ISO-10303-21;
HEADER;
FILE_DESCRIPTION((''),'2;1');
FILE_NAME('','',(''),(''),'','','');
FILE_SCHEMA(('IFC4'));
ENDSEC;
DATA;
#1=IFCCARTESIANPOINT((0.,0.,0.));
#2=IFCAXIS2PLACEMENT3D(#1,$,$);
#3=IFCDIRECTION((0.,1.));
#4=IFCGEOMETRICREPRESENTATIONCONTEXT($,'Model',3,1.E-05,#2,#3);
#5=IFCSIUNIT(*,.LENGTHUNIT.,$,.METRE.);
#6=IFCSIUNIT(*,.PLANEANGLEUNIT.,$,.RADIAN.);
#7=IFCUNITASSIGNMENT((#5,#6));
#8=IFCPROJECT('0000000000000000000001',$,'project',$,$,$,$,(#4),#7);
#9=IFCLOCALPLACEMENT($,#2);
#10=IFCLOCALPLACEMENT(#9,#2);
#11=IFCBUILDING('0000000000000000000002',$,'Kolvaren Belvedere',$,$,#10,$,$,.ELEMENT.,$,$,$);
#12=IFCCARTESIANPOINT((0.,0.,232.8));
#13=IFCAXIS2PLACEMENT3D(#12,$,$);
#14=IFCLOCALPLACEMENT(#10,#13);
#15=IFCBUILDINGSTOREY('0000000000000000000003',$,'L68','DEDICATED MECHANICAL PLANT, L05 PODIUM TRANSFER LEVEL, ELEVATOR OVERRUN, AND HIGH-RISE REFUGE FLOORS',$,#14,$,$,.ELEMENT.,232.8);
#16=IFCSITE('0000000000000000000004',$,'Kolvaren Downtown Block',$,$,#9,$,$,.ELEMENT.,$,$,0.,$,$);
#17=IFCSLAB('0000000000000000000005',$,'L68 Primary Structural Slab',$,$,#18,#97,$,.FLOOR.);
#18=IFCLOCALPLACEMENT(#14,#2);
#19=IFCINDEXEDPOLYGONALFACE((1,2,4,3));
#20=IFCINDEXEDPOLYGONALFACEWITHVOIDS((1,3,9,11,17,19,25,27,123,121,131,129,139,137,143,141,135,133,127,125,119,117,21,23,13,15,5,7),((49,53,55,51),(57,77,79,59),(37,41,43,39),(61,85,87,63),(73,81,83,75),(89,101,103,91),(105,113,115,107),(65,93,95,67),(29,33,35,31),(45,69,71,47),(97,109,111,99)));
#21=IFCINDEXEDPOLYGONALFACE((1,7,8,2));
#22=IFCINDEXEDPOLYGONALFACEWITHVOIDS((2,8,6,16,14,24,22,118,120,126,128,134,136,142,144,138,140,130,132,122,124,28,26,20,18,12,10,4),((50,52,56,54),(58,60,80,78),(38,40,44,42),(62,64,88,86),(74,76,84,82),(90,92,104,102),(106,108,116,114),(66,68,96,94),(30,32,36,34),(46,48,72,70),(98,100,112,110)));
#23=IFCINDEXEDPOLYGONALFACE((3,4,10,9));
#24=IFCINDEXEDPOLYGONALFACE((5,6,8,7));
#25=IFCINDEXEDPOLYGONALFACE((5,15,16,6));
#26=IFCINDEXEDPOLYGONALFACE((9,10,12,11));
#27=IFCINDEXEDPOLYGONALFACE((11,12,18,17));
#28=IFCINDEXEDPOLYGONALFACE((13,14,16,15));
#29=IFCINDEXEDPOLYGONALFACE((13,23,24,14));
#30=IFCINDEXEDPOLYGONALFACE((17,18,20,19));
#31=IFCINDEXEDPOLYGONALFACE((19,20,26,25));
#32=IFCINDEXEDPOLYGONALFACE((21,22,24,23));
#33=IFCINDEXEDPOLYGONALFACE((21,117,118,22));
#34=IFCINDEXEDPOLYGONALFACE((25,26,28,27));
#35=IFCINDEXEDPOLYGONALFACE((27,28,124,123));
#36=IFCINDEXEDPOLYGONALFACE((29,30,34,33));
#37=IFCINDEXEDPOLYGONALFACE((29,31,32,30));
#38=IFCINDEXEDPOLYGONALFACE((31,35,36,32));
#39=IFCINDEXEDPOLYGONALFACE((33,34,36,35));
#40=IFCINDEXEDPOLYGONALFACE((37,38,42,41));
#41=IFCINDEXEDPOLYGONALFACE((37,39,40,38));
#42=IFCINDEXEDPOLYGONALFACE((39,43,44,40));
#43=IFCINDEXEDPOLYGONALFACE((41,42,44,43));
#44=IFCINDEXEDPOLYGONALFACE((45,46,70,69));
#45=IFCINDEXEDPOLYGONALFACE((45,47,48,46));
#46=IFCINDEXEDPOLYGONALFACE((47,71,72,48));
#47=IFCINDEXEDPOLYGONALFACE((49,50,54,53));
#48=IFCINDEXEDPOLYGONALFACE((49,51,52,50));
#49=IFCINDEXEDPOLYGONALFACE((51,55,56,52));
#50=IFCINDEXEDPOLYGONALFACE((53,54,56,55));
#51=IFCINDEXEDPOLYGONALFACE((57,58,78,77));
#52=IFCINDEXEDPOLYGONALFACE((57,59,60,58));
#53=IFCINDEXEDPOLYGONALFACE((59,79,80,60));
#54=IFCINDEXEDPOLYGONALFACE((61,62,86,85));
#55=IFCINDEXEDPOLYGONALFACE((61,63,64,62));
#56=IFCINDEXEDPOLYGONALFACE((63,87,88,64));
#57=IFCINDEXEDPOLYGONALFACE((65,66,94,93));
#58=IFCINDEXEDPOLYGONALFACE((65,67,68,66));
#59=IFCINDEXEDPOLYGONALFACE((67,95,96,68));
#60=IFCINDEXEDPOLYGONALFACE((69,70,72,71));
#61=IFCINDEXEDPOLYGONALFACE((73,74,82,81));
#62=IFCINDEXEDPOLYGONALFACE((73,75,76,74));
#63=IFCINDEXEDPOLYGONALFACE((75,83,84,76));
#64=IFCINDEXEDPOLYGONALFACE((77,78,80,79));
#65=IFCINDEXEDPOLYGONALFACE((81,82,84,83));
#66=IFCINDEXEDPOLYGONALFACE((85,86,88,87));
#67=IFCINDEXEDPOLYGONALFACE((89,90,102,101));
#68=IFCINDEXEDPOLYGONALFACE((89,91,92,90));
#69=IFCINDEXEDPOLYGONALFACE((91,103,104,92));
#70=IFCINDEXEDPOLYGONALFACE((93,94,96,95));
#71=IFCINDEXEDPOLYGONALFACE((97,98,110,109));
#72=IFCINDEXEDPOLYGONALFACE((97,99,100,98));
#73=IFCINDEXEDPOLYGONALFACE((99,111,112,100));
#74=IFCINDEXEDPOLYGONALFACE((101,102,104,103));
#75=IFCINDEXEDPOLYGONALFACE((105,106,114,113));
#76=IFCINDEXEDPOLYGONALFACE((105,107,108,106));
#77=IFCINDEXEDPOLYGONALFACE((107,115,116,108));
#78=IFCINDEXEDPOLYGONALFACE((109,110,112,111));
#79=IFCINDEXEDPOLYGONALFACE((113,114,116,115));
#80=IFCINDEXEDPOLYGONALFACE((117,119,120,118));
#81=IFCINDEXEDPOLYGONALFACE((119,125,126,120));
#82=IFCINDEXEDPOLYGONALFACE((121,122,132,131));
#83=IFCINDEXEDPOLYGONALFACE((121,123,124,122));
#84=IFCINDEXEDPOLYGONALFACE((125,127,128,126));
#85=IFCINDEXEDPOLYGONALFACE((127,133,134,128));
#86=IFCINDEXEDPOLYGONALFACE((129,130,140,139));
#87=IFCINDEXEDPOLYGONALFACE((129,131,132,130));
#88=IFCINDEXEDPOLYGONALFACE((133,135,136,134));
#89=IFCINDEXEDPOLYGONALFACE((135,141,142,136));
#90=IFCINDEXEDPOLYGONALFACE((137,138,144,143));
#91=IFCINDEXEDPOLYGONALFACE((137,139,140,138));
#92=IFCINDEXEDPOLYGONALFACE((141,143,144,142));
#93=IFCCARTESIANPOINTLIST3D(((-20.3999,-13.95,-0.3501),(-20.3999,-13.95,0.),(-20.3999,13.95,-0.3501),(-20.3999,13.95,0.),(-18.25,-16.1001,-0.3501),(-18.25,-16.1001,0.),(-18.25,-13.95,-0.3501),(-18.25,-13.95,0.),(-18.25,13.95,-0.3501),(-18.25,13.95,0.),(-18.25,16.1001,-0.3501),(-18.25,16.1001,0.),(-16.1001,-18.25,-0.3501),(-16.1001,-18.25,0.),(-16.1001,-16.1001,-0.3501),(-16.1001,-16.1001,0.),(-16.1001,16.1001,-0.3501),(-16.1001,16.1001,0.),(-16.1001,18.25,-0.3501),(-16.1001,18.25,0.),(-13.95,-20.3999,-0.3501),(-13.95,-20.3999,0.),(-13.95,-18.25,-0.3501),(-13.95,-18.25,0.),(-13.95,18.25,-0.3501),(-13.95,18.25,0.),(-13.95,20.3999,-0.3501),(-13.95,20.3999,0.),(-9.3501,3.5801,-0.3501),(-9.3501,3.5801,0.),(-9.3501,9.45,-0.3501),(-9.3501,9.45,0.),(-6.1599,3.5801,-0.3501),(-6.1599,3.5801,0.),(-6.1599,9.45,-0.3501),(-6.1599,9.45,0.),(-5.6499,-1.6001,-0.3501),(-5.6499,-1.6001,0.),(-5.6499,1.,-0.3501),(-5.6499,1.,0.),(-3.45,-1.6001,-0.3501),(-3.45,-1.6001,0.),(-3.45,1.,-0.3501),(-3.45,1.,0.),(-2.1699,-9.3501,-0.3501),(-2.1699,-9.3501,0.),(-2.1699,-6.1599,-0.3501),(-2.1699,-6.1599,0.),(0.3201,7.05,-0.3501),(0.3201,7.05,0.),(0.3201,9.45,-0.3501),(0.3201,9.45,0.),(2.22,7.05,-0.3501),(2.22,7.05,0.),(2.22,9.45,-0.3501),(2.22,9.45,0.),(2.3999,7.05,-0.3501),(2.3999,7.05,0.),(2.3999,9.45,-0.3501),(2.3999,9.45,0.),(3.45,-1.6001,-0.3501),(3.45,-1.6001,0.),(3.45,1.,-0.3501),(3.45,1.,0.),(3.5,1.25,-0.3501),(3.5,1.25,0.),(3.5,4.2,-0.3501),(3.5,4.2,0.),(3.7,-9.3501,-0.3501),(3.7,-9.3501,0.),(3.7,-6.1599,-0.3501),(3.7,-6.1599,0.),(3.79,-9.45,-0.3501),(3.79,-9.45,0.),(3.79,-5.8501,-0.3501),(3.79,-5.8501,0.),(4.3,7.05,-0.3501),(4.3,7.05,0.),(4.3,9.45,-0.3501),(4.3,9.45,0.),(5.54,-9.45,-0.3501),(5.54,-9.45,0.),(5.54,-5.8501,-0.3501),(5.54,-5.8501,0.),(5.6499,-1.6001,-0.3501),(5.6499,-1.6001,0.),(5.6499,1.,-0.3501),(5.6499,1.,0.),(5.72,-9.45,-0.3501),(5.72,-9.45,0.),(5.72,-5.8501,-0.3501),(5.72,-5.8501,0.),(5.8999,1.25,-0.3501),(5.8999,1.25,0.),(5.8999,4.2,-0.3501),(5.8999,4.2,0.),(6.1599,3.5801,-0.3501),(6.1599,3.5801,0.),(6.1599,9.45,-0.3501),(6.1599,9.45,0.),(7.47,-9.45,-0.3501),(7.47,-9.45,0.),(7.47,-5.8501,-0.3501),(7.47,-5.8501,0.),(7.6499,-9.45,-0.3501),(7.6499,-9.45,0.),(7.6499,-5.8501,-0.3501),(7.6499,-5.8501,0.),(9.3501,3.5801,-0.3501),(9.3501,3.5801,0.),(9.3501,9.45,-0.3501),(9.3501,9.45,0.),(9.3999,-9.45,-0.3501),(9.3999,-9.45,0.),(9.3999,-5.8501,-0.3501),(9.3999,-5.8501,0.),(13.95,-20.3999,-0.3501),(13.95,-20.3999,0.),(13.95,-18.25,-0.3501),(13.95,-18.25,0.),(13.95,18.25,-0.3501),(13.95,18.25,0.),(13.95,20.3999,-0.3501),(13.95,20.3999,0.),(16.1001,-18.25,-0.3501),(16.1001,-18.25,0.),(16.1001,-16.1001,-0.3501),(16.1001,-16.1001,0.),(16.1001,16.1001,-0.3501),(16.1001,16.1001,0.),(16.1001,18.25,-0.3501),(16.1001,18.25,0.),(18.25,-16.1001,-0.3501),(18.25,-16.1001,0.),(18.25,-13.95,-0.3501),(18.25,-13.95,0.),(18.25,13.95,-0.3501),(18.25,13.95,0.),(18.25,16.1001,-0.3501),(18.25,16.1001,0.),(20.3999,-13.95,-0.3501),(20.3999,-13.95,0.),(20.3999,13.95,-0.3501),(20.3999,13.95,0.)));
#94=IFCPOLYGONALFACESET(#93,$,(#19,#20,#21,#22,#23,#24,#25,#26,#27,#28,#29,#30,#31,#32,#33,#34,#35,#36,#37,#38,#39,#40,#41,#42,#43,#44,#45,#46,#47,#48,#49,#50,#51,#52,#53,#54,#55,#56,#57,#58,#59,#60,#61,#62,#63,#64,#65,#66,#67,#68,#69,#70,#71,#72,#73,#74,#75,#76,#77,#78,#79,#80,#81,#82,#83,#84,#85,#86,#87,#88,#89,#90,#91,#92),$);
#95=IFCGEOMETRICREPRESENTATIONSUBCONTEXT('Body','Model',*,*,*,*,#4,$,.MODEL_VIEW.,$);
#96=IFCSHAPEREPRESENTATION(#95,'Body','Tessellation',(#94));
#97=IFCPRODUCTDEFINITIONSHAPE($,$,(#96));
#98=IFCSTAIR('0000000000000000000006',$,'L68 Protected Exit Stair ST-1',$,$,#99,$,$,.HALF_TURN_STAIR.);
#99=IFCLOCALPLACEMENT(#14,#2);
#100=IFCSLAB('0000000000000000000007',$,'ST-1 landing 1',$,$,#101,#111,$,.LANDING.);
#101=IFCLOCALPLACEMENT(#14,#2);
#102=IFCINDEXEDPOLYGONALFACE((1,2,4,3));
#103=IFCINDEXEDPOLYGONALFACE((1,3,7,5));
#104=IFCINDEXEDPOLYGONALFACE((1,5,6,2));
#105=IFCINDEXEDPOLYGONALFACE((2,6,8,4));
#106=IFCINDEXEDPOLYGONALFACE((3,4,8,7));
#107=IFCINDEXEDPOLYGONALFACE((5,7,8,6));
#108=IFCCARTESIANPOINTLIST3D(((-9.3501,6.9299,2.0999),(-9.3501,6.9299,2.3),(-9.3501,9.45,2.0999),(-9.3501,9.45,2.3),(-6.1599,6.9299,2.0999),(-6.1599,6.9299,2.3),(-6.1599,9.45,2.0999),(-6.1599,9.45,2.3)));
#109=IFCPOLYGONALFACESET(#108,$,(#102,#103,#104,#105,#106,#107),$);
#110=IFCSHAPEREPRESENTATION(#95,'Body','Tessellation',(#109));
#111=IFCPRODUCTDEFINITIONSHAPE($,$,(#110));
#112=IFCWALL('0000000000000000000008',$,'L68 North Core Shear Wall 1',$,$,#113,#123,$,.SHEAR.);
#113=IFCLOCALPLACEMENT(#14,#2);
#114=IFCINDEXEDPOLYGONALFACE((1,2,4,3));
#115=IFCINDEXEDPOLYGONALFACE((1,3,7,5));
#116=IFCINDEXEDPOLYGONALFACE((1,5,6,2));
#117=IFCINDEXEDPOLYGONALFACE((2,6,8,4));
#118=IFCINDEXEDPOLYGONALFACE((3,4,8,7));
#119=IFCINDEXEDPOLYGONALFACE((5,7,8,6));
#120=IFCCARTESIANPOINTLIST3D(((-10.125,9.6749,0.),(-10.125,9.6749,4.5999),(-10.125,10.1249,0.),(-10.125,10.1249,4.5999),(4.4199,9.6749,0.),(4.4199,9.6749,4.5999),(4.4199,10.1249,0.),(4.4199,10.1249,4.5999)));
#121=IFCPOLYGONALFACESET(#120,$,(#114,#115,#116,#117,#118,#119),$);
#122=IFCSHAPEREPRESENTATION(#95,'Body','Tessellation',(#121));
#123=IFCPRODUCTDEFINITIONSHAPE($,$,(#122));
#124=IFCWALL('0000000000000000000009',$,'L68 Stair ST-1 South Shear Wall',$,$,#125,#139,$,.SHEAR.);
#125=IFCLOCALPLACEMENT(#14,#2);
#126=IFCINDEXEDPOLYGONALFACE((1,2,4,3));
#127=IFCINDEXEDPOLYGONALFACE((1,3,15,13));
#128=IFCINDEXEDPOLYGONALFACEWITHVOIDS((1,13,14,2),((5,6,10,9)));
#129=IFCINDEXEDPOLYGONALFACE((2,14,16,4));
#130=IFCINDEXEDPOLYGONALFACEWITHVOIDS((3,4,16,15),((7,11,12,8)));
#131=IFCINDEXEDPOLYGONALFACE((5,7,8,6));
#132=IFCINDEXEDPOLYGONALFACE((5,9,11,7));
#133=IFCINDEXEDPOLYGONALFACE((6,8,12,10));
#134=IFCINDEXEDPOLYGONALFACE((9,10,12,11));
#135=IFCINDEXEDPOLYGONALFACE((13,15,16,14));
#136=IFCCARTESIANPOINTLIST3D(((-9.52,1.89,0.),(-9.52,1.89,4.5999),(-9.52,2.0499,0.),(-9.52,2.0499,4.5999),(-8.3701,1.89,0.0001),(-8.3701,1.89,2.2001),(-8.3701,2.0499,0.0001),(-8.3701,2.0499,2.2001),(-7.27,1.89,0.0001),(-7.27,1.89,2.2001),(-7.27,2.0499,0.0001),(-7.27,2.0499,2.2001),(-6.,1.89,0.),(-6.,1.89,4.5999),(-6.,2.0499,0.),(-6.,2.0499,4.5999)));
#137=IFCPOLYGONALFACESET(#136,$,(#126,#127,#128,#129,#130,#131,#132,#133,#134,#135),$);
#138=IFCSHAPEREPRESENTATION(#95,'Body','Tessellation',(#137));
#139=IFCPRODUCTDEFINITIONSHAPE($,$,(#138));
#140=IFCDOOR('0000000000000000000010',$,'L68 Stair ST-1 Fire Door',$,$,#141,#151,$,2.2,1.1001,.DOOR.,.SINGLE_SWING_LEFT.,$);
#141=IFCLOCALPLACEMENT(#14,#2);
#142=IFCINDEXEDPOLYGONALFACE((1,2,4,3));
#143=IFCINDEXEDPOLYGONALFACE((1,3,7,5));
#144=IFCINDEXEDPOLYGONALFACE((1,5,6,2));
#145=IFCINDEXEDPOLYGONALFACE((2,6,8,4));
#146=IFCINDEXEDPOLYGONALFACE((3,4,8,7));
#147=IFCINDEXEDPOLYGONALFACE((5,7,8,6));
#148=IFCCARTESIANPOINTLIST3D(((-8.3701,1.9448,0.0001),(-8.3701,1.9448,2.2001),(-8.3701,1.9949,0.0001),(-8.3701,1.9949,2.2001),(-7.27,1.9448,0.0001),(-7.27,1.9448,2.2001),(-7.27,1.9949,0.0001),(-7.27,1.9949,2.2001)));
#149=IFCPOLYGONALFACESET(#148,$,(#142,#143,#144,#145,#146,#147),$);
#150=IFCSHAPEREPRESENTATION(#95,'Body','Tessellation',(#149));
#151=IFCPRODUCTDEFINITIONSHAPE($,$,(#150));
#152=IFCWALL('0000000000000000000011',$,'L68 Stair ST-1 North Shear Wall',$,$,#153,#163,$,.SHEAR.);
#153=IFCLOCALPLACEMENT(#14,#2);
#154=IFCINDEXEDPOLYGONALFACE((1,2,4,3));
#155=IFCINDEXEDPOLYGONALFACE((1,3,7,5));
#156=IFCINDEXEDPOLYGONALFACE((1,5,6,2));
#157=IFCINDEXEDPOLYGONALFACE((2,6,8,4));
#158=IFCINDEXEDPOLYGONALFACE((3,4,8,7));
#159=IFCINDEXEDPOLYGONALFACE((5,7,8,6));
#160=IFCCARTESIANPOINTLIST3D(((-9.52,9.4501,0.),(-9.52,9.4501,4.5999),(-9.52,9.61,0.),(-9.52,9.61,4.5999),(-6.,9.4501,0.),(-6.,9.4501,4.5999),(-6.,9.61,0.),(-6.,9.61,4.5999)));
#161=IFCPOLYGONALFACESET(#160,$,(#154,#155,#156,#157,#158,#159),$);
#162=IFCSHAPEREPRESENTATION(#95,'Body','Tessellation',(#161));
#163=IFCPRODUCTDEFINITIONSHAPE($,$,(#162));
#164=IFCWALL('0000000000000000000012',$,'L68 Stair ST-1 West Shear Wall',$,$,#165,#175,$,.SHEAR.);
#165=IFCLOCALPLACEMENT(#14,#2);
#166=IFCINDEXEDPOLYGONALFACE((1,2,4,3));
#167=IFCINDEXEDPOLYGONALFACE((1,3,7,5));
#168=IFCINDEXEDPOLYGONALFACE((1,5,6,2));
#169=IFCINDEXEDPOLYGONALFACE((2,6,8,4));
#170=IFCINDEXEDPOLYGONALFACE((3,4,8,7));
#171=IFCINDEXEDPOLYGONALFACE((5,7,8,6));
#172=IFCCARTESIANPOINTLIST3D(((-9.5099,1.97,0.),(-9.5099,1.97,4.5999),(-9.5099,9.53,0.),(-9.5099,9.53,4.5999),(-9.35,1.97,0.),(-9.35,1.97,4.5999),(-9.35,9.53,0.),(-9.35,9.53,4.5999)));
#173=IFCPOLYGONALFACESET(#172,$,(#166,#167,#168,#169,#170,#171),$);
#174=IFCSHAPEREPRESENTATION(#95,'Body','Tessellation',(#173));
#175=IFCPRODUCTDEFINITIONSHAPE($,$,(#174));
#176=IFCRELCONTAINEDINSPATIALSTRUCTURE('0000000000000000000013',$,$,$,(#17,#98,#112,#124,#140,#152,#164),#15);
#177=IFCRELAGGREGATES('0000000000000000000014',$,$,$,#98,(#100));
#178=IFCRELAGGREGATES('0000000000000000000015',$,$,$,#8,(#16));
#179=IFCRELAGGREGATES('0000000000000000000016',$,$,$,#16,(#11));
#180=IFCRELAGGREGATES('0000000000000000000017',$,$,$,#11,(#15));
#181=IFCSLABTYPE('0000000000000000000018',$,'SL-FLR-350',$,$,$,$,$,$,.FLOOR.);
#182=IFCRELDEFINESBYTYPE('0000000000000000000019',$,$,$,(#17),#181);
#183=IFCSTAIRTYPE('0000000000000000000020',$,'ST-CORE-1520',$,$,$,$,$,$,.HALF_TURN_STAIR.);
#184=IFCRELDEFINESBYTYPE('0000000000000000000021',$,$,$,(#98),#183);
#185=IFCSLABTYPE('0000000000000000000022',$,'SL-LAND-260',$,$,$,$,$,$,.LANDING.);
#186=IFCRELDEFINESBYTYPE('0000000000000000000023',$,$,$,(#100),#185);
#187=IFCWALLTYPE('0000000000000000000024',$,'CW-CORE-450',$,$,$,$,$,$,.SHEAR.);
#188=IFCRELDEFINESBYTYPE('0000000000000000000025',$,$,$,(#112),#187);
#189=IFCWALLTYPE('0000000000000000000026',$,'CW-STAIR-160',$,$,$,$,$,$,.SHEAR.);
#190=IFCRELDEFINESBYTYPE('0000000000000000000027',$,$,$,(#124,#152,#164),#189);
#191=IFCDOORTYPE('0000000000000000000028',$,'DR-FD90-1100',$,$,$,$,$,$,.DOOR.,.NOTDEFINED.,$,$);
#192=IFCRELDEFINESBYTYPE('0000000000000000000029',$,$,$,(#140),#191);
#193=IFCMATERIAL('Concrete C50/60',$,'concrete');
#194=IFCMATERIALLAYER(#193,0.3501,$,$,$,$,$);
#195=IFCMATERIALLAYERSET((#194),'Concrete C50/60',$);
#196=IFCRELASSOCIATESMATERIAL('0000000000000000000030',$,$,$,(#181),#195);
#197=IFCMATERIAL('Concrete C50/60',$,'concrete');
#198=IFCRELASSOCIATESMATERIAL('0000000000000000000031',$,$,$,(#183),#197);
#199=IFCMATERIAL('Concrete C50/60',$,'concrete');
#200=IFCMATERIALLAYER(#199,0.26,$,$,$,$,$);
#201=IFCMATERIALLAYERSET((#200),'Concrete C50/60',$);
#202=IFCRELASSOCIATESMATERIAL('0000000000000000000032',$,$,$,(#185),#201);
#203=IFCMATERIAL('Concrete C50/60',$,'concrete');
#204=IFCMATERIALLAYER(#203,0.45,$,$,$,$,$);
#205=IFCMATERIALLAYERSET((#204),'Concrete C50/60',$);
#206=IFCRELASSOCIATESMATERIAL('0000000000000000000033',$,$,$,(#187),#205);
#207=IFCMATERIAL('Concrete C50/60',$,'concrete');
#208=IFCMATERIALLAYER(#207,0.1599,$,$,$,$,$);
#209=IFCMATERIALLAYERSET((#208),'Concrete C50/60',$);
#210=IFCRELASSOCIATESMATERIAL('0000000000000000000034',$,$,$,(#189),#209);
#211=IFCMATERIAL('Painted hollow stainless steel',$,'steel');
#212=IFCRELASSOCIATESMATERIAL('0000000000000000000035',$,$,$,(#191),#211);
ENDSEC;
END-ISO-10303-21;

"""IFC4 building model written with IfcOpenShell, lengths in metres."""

from ifc_helpers import new_model, si_unit, direction, frame, frame_2d, origin, place, context, subcontext, project, spatial, polyline, rectangle, outline, extrude, material, layer, layer_set, type_object, element, fill, aggregate, save


model = new_model("IFC4")

# Units and contexts
model_context = context("Model", 3, precision=1e-05, world=origin(), true_north=direction((0.0, 1.0)))
body_context = subcontext(model_context, "Body", "Model", "MODEL_VIEW")
ifc_project = project(units=[si_unit("LENGTHUNIT", "METRE"), si_unit("PLANEANGLEUNIT", "RADIAN")], contexts=[model_context])

# Site, building, storey
site_placement = place(None, origin())
site = spatial("IfcSite", under=ifc_project, at=site_placement, Name="Kolvaren Downtown Block", CompositionType="ELEMENT", RefElevation=0.0)
building_placement = place(site_placement, origin())
building = spatial("IfcBuilding", under=site, at=building_placement, Name="Kolvaren Belvedere", CompositionType="ELEMENT")
storey_placement = place(building_placement, frame((0.0, 0.0, 232.8)))
storey = spatial("IfcBuildingStorey", under=building, at=storey_placement, Name="L68", Description="DEDICATED MECHANICAL PLANT, L05 PODIUM TRANSFER LEVEL, ELEVATOR OVERRUN, AND HIGH-RISE REFUGE FLOORS", CompositionType="ELEMENT", Elevation=232.8)

# Slab
ifc_material_1 = material(Name="Concrete C50/60", Category="concrete")
ifc_layer_1 = layer(ifc_material_1, 0.3501)
ifc_layer_set_1 = layer_set([ifc_layer_1], Name="Concrete C50/60")
slab_type_1 = type_object("IfcSlabType", Name="SL-FLR-350", PredefinedType="FLOOR", material=ifc_layer_set_1)
slab_1_placement = place(storey_placement, frame((0.0, 0.0, -0.3501)))
element("IfcSlab", 1, at=slab_1_placement, inside=storey, type_object=slab_type_1, Name="L68 Primary Structural Slab", PredefinedType="FLOOR", context=body_context, shape_type="SweptSolid", body=[
    extrude(outline(polyline([(-13.95, -20.3999), (13.95, -20.3999), (13.95, -18.25), (16.1001, -18.25), (16.1001, -16.1001), (18.25, -16.1001), (18.25, -13.95), (20.3999, -13.95), (20.3999, 13.95), (18.25, 13.95), (18.25, 16.1001), (16.1001, 16.1001), (16.1001, 18.25), (13.95, 18.25), (13.95, 20.3999), (-13.95, 20.3999), (-13.95, 18.25), (-16.1001, 18.25), (-16.1001, 16.1001), (-18.25, 16.1001), (-18.25, 13.95), (-20.3999, 13.95), (-20.3999, -13.95), (-18.25, -13.95), (-18.25, -16.1001), (-16.1001, -16.1001), (-16.1001, -18.25), (-13.95, -18.25), (-13.95, -20.3999)]), holes=[polyline([(-9.3501, 3.5801), (-6.1599, 3.5801), (-6.1599, 9.45), (-9.3501, 9.45), (-9.3501, 3.5801)]), polyline([(6.1599, 3.5801), (9.3501, 3.5801), (9.3501, 9.45), (6.1599, 9.45), (6.1599, 3.5801)]), polyline([(-2.1699, -9.3501), (3.7, -9.3501), (3.7, -6.1599), (-2.1699, -6.1599), (-2.1699, -9.3501)]), polyline([(-5.6499, -1.6001), (-3.45, -1.6001), (-3.45, 1.0), (-5.6499, 1.0), (-5.6499, -1.6001)]), polyline([(3.5, 1.25), (5.8999, 1.25), (5.8999, 4.2), (3.5, 4.2), (3.5, 1.25)]), polyline([(3.45, -1.6001), (5.6499, -1.6001), (5.6499, 1.0), (3.45, 1.0), (3.45, -1.6001)]), polyline([(3.79, -9.45), (5.54, -9.45), (5.54, -5.8501), (3.79, -5.8501), (3.79, -9.45)]), polyline([(5.72, -9.45), (7.47, -9.45), (7.47, -5.8501), (5.72, -5.8501), (5.72, -9.45)]), polyline([(7.6499, -9.45), (9.3999, -9.45), (9.3999, -5.8501), (7.6499, -5.8501), (7.6499, -9.45)]), polyline([(0.3201, 7.05), (2.22, 7.05), (2.22, 9.45), (0.3201, 9.45), (0.3201, 7.05)]), polyline([(2.3999, 7.05), (4.3, 7.05), (4.3, 9.45), (2.3999, 9.45), (2.3999, 7.05)])]), origin(), (0.0, 0.0, 1.0), 0.3501),
])

# Stair, slab
ifc_material_2 = material(Name="Concrete C50/60", Category="concrete")
stair_type = type_object("IfcStairType", Name="ST-CORE-1520", PredefinedType="HALF_TURN_STAIR", material=ifc_material_2)
stair_placement = place(storey_placement, origin())
stair = element("IfcStair", 2, at=stair_placement, inside=storey, type_object=stair_type, Name="L68 Protected Exit Stair ST-1", PredefinedType="HALF_TURN_STAIR")
ifc_material_3 = material(Name="Concrete C50/60", Category="concrete")
ifc_layer_2 = layer(ifc_material_3, 0.26)
ifc_layer_set_2 = layer_set([ifc_layer_2], Name="Concrete C50/60")
slab_type_2 = type_object("IfcSlabType", Name="SL-LAND-260", PredefinedType="LANDING", material=ifc_layer_set_2)
slab_2_placement = place(storey_placement, frame((0.0, 0.0, 2.0999)))
slab_2 = element("IfcSlab", 3, at=slab_2_placement, type_object=slab_type_2, Name="ST-1 landing 1", PredefinedType="LANDING", context=body_context, shape_type="SweptSolid", body=[
    extrude(outline(polyline([(-6.1599, 6.9299), (-6.1599, 9.45), (-9.3501, 9.45), (-9.3501, 6.9299), (-6.1599, 6.9299)])), origin(), (0.0, 0.0, 1.0), 0.2002),
])

# Wall
ifc_material_4 = material(Name="Concrete C50/60", Category="concrete")
ifc_layer_3 = layer(ifc_material_4, 0.45)
ifc_layer_set_3 = layer_set([ifc_layer_3], Name="Concrete C50/60")
wall_type_1 = type_object("IfcWallType", Name="CW-CORE-450", PredefinedType="SHEAR", material=ifc_layer_set_3)
wall_1_placement = place(storey_placement, frame((-10.125, 9.8999, 0.0), z_axis=(0.0, 0.0, 1.0), x_axis=(1.0, 0.0, 0.0)))
element("IfcWall", 4, at=wall_1_placement, inside=storey, type_object=wall_type_1, Name="L68 North Core Shear Wall 1", PredefinedType="SHEAR", context=body_context, shape_type="SweptSolid", body=[
    extrude(rectangle(XDim=14.5449, YDim=0.45, at=frame_2d((7.2725, 0.0))), origin(), (0.0, 0.0, 1.0), 4.5999),
])

# Wall, opening, door
ifc_material_5 = material(Name="Concrete C50/60", Category="concrete")
ifc_layer_4 = layer(ifc_material_5, 0.1599)
ifc_layer_set_4 = layer_set([ifc_layer_4], Name="Concrete C50/60")
wall_type_2 = type_object("IfcWallType", Name="CW-STAIR-160", PredefinedType="SHEAR", material=ifc_layer_set_4)
wall_2_placement = place(storey_placement, frame((-9.52, 1.97, 0.0), z_axis=(0.0, 0.0, 1.0), x_axis=(1.0, 0.0, 0.0)))
wall_2 = element("IfcWall", 5, at=wall_2_placement, inside=storey, type_object=wall_type_2, Name="L68 Stair ST-1 South Shear Wall", PredefinedType="SHEAR", context=body_context, shape_type="SweptSolid", body=[
    extrude(rectangle(XDim=3.52, YDim=0.1599, at=frame_2d((1.76, 0.0))), origin(), (0.0, 0.0, 1.0), 4.5999),
])
opening_1_placement = place(wall_2_placement, frame((1.1499, 0.0, 0.0)))
opening_1 = element("IfcOpeningElement", 6, at=opening_1_placement, cuts=wall_2, PredefinedType="OPENING", context=body_context, shape_type="SweptSolid", body=[
    extrude(rectangle(XDim=1.1001, YDim=2.2, at=frame_2d((0.55, 1.1001))), frame((0.0, 0.0898, 0.0), z_axis=(0.0, -1.0, 0.0), x_axis=(1.0, 0.0, 0.0)), (0.0, 0.0, 1.0), 0.1799),
])
ifc_material_6 = material(Name="Painted hollow stainless steel", Category="steel")
door_type_1 = type_object("IfcDoorType", Name="DR-FD90-1100", OperationType="NOTDEFINED", PredefinedType="DOOR", material=ifc_material_6)
door_1_placement = place(opening_1_placement, origin())
door_1 = element("IfcDoor", 7, at=door_1_placement, inside=storey, type_object=door_type_1, Name="L68 Stair ST-1 Fire Door", OperationType="SINGLE_SWING_LEFT", OverallHeight=2.2, OverallWidth=1.1001, PredefinedType="DOOR", context=body_context, shape_type="SweptSolid", body=[
    extrude(rectangle(XDim=1.1001, YDim=2.2, at=frame_2d((0.55, 1.1001))), frame((0.0, 0.0249, 0.0), z_axis=(0.0, -1.0, 0.0), x_axis=(1.0, 0.0, 0.0)), (0.0, 0.0, 1.0), 0.05),
])
fill(opening_1, door_1)

# Walls
wall_3_placement = place(storey_placement, frame((-9.52, 9.53, 0.0), z_axis=(0.0, 0.0, 1.0), x_axis=(1.0, 0.0, 0.0)))
element("IfcWall", 8, at=wall_3_placement, inside=storey, type_object=wall_type_2, Name="L68 Stair ST-1 North Shear Wall", PredefinedType="SHEAR", context=body_context, shape_type="SweptSolid", body=[
    extrude(rectangle(XDim=3.52, YDim=0.1599, at=frame_2d((1.76, 0.0))), origin(), (0.0, 0.0, 1.0), 4.5999),
])
for number, where, z_axis, x_axis, name in (
    (9, (-9.4299, 1.97, 0.0), (0.0, 0.0, 1.0), (0.0, 1.0, 0.0), "L68 Stair ST-1 West Shear Wall"),
):
    element("IfcWall", number, at=place(storey_placement, frame(where, z_axis=z_axis, x_axis=x_axis)), inside=storey, type_object=wall_type_2, Name=name, PredefinedType="SHEAR", context=body_context, shape_type="SweptSolid", body=[
        extrude(rectangle(XDim=7.5601, YDim=0.1599, at=frame_2d((3.78, 0.0))), origin(), (0.0, 0.0, 1.0), 4.5999),
    ])

aggregate(stair, [slab_2])

save(model, "model.ifc")
